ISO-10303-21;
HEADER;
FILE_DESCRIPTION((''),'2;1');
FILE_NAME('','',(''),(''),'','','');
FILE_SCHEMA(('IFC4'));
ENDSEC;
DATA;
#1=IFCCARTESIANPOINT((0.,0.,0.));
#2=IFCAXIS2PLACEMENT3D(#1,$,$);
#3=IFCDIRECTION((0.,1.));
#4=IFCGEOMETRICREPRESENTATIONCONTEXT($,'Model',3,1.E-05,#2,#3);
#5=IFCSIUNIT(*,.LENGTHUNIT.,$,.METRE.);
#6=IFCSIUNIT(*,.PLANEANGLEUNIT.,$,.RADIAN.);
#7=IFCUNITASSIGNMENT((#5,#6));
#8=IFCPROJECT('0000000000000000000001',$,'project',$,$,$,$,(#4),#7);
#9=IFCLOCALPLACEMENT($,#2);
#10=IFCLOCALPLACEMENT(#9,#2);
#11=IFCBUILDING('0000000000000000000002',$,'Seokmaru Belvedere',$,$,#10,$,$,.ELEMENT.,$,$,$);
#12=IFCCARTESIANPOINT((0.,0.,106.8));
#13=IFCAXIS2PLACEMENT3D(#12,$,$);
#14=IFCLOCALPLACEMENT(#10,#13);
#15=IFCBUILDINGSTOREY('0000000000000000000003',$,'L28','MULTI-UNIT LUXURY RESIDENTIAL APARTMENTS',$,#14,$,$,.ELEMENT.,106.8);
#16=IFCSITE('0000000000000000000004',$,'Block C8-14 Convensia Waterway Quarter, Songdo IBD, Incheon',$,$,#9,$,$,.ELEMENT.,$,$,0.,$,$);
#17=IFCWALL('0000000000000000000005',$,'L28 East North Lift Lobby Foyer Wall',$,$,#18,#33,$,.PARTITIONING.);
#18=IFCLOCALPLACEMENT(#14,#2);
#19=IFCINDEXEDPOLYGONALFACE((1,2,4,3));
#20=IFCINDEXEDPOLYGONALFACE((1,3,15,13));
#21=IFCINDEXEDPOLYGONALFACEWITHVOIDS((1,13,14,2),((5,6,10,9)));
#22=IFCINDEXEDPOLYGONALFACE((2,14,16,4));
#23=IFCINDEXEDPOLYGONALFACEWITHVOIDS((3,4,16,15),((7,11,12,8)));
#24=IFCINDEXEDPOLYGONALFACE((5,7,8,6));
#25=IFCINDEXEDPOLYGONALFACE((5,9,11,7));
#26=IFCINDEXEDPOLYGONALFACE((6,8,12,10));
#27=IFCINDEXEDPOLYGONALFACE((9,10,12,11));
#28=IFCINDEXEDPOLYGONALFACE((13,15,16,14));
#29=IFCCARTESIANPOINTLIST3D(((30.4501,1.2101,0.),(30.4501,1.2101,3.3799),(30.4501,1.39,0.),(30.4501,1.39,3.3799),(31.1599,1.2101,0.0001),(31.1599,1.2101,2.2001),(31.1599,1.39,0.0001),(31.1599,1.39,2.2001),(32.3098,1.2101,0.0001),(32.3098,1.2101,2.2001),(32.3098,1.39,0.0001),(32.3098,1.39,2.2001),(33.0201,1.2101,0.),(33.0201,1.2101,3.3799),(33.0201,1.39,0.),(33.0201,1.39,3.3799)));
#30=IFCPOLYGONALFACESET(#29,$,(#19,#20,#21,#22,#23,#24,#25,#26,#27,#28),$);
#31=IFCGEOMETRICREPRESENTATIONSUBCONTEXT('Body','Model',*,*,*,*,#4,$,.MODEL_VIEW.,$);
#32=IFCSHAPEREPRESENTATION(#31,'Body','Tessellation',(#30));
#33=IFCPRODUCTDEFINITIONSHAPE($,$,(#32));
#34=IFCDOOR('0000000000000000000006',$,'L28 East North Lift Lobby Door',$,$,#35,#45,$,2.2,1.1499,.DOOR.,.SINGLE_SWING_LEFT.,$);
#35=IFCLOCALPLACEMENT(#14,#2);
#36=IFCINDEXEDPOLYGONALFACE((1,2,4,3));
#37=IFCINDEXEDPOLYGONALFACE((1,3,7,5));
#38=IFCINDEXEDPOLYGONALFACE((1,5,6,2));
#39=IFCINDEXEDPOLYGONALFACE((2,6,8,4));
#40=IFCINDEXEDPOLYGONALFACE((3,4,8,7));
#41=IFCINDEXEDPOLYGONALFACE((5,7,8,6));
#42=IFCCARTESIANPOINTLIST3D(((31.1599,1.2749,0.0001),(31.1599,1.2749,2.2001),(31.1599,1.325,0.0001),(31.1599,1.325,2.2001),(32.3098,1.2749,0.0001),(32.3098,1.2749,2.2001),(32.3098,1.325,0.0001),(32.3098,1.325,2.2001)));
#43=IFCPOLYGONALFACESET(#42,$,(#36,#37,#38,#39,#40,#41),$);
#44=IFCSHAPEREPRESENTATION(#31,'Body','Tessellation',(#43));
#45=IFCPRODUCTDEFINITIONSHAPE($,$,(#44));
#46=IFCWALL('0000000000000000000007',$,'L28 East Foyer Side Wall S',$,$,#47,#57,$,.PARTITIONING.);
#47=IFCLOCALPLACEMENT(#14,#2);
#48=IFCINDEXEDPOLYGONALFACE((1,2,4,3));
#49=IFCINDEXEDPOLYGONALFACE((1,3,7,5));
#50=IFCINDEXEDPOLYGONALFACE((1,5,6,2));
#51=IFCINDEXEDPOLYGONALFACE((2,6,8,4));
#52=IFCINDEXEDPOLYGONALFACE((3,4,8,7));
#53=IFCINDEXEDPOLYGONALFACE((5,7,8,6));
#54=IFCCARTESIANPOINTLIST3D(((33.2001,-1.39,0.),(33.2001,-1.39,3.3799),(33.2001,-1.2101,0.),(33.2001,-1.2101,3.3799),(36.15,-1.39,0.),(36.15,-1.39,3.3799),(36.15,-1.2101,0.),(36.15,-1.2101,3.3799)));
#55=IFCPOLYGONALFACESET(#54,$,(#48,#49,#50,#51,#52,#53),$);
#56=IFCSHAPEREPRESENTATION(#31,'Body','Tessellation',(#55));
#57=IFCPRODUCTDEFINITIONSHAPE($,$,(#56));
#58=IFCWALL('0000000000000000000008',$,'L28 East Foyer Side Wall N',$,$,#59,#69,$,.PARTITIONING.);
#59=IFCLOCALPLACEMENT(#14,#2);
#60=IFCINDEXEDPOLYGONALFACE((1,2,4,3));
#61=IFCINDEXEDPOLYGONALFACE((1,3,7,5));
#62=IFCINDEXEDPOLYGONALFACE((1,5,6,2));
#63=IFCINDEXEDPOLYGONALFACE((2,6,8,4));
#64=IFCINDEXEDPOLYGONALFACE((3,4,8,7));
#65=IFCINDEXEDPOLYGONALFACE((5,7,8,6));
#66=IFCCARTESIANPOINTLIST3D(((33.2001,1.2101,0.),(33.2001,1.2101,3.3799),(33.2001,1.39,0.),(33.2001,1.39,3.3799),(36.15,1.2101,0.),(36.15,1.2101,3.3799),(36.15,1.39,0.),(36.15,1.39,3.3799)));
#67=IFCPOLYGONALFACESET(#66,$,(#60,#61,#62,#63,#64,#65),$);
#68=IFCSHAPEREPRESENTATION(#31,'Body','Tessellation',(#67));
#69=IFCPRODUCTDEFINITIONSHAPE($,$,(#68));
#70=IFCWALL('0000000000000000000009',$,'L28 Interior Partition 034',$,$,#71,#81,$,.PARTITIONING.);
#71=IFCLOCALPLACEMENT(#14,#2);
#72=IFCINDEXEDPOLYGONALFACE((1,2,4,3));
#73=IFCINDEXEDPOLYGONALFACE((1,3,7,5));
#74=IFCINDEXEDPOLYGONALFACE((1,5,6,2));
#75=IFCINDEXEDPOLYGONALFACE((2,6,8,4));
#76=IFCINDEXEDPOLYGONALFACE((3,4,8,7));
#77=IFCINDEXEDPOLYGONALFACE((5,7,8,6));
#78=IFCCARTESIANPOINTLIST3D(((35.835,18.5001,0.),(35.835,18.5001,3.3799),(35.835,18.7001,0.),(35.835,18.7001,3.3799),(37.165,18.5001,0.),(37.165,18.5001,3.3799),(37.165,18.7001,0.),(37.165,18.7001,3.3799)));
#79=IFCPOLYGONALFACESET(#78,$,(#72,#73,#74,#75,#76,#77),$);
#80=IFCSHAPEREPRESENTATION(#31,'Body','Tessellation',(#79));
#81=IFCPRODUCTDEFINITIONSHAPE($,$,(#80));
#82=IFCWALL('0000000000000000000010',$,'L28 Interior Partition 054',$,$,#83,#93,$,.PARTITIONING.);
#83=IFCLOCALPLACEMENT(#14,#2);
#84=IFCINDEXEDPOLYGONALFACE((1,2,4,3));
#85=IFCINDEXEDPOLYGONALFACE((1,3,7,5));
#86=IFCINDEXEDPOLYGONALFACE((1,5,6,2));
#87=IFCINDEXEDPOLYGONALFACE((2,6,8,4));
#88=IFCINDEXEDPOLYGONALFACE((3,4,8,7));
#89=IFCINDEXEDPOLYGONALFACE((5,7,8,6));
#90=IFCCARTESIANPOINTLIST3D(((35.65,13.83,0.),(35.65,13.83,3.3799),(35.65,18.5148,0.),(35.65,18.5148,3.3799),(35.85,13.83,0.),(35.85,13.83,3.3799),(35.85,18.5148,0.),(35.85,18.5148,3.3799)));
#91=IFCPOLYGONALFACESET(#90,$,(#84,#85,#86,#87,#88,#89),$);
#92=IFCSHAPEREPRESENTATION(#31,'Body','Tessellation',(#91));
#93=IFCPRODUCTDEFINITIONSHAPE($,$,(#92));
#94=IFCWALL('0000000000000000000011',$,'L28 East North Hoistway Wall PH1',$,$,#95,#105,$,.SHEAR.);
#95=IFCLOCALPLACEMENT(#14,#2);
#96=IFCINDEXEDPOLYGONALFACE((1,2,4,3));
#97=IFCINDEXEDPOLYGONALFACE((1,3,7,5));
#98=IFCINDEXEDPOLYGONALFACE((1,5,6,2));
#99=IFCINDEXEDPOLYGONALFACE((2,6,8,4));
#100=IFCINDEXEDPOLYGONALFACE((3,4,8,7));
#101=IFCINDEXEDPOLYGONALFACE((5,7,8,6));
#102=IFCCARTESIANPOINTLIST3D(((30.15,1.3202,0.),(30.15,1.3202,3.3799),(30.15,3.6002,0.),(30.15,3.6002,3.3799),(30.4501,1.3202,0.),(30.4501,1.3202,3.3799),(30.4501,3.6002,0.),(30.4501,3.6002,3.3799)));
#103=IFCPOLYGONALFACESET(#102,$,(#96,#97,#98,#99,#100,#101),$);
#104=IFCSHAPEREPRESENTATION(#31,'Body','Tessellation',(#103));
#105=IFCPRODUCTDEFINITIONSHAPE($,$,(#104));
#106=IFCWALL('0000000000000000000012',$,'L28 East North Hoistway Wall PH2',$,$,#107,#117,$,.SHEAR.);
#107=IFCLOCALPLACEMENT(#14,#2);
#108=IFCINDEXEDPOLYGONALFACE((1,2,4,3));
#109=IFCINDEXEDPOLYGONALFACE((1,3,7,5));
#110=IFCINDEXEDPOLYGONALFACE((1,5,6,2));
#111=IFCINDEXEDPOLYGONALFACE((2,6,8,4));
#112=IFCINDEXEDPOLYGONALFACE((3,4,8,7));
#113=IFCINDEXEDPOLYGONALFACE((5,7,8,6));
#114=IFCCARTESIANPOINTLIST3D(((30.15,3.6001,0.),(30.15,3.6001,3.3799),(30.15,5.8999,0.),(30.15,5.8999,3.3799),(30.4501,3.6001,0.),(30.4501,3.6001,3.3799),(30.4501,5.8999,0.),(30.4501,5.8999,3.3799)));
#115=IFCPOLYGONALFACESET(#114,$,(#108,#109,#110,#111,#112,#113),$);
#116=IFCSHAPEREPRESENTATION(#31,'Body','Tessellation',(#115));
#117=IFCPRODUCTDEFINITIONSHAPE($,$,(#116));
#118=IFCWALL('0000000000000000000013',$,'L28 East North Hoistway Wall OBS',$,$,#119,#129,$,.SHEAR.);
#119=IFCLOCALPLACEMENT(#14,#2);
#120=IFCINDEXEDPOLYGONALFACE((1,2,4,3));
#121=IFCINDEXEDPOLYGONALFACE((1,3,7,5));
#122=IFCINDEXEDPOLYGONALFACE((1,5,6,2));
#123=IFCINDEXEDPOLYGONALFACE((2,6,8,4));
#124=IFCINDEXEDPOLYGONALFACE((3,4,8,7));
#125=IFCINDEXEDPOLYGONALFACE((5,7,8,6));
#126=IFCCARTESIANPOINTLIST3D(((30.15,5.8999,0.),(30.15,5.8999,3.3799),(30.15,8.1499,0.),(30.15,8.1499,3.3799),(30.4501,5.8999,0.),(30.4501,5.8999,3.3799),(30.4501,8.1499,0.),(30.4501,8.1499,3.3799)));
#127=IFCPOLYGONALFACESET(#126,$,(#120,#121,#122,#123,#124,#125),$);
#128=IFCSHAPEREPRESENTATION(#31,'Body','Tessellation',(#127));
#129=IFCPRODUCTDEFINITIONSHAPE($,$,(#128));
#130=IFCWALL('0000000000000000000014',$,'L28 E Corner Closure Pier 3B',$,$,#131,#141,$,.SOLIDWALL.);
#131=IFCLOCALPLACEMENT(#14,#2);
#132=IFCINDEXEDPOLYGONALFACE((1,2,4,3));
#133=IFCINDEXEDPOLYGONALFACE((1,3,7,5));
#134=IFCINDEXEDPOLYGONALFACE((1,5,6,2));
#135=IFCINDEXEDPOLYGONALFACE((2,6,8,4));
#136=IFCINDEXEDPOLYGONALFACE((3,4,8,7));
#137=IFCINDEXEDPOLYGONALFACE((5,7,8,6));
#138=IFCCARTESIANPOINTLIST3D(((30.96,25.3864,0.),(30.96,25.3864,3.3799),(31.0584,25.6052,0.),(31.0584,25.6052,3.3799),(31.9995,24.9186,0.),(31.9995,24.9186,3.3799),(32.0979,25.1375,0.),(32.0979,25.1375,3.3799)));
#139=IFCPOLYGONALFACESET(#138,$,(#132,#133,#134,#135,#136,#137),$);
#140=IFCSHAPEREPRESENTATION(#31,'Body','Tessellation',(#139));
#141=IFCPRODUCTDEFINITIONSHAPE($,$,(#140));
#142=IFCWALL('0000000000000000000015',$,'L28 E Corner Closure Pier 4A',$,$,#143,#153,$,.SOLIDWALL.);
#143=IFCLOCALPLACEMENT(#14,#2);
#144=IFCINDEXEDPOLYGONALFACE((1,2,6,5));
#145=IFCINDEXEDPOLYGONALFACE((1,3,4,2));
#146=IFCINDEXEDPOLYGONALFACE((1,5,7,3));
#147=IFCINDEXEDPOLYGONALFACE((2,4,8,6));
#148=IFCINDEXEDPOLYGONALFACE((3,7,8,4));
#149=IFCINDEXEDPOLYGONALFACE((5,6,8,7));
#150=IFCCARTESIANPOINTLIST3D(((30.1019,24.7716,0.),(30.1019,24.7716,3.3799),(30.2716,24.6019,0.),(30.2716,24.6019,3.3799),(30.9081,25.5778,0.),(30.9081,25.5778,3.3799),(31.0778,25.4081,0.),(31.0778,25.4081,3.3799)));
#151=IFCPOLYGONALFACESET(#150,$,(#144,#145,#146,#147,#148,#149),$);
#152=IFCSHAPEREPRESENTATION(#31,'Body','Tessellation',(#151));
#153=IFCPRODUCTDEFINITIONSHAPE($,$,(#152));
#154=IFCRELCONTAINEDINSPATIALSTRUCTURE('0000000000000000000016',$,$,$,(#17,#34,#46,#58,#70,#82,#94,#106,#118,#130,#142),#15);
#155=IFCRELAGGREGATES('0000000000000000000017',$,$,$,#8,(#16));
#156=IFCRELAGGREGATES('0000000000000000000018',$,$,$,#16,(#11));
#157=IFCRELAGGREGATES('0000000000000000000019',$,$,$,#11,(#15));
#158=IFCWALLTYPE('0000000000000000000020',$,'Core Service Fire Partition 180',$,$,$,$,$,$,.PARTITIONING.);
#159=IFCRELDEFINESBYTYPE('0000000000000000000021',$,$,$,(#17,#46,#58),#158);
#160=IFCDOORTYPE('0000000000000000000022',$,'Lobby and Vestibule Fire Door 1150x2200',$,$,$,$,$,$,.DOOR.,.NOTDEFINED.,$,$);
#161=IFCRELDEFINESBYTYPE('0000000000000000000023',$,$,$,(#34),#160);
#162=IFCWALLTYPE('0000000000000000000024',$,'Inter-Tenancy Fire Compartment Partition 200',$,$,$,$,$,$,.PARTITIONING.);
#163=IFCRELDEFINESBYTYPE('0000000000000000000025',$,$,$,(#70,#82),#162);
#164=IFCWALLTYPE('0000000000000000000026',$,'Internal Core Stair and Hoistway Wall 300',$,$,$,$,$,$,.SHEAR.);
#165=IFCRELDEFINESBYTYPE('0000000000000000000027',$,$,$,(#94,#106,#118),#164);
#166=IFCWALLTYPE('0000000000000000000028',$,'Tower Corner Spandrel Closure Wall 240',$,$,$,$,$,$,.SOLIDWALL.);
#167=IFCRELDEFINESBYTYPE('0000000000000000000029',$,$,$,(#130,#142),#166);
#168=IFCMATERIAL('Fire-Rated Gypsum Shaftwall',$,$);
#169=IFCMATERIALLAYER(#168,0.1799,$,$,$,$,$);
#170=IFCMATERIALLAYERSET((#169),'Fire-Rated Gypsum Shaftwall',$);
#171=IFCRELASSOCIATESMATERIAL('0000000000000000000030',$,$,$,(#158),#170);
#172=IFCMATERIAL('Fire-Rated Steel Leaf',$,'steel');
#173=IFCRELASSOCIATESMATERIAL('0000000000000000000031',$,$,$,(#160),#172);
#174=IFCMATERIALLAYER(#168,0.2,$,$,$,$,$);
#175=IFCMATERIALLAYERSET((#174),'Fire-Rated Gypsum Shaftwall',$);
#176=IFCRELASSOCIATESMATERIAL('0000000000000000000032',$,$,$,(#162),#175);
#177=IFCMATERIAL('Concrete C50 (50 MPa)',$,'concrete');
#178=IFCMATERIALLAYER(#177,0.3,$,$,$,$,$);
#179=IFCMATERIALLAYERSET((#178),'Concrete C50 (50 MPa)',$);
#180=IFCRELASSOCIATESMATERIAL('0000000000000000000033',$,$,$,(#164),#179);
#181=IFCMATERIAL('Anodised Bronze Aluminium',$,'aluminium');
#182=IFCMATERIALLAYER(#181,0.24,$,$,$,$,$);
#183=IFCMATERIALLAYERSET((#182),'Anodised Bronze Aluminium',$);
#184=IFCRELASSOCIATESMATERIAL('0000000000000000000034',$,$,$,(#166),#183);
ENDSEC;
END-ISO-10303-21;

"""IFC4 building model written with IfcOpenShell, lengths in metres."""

from ifc_helpers import new_model, si_unit, direction, frame, frame_2d, origin, place, context, subcontext, project, spatial, rectangle, extrude, source, transform, mapped, material, layer, layer_set, type_object, type_shapes, element, fill, save


model = new_model("IFC4")

# Units and contexts
model_context = context("Model", 3, precision=1e-05, world=origin(), true_north=direction((0.0, 1.0)))
body_context = subcontext(model_context, "Body", "Model", "MODEL_VIEW")
ifc_project = project(units=[si_unit("LENGTHUNIT", "METRE"), si_unit("PLANEANGLEUNIT", "RADIAN")], contexts=[model_context])

# Site, building, storey
site_placement = place(None, origin())
site = spatial("IfcSite", under=ifc_project, at=site_placement, Name="Block C8-14 Convensia Waterway Quarter, Songdo IBD, Incheon", CompositionType="ELEMENT", RefElevation=0.0)
building_placement = place(site_placement, origin())
building = spatial("IfcBuilding", under=site, at=building_placement, Name="Seokmaru Belvedere", CompositionType="ELEMENT")
storey_placement = place(building_placement, frame((0.0, 0.0, 106.8)))
storey = spatial("IfcBuildingStorey", under=building, at=storey_placement, Name="L28", Description="MULTI-UNIT LUXURY RESIDENTIAL APARTMENTS", CompositionType="ELEMENT", Elevation=106.8)

# Shared definitions
ifc_material_1 = material(Name="Anodised Bronze Aluminium", Category="aluminium")

# Shared definitions
ifc_material_2 = material(Name="Fire-Rated Gypsum Shaftwall")
ifc_layer_1 = layer(ifc_material_2, 0.1799)
ifc_layer_set_1 = layer_set([ifc_layer_1], Name="Fire-Rated Gypsum Shaftwall")
wall_type_1 = type_object("IfcWallType", Name="Core Service Fire Partition 180", PredefinedType="PARTITIONING", material=ifc_layer_set_1)

# Wall, opening, door
wall_1_placement = place(storey_placement, frame((30.45, 1.3, 0.0), z_axis=(0.0, 0.0, 1.0), x_axis=(1.0, 0.0, 0.0)))
wall_1 = element("IfcWall", 1, at=wall_1_placement, inside=storey, type_object=wall_type_1, Name="L28 East North Lift Lobby Foyer Wall", PredefinedType="PARTITIONING", context=body_context, shape_type="SweptSolid", body=[
    extrude(rectangle(XDim=2.5701, YDim=0.1799, at=frame_2d((1.2852, 0.0))), origin(), (0.0, 0.0, 1.0), 3.3799),
])
opening_1_placement = place(wall_1_placement, frame((0.71, 0.0, 0.0)))
opening_1 = element("IfcOpeningElement", 2, at=opening_1_placement, cuts=wall_1, PredefinedType="OPENING", context=body_context, shape_type="SweptSolid", body=[
    extrude(rectangle(XDim=1.1499, YDim=2.2, at=frame_2d((0.575, 1.1001))), frame((0.0, 0.1001, 0.0), z_axis=(0.0, -1.0, 0.0), x_axis=(1.0, 0.0, 0.0)), (0.0, 0.0, 1.0), 0.2),
])
ifc_material_3 = material(Name="Fire-Rated Steel Leaf", Category="steel")
door_type_1 = type_object("IfcDoorType", Name="Lobby and Vestibule Fire Door 1150x2200", OperationType="NOTDEFINED", PredefinedType="DOOR", material=ifc_material_3)
shared_shape_1 = source(origin(), body_context, "Body", "SweptSolid", [
    extrude(rectangle(XDim=1.1499, YDim=2.2, at=frame_2d((0.575, 1.1001))), frame((0.0, 0.0249, 0.0), z_axis=(0.0, -1.0, 0.0), x_axis=(1.0, 0.0, 0.0)), (0.0, 0.0, 1.0), 0.05),
])
type_shapes(door_type_1, [shared_shape_1])
door_1_placement = place(opening_1_placement, origin())
door_1 = element("IfcDoor", 3, at=door_1_placement, inside=storey, type_object=door_type_1, Name="L28 East North Lift Lobby Door", OperationType="SINGLE_SWING_LEFT", OverallHeight=2.2, OverallWidth=1.1499, PredefinedType="DOOR", context=body_context, shape_type="MappedRepresentation", body=[
    mapped(shared_shape_1, transform((0.0, 0.0, 0.0), scale=1.0)),
])
fill(opening_1, door_1)

# Walls
for number, where, z_axis, x_axis, name in (
    (4, (33.2, -1.3, 0.0), (0.0, 0.0, 1.0), (1.0, 0.0, 0.0), "L28 East Foyer Side Wall S"),
    (5, (33.2, 1.3, 0.0), (0.0, 0.0, 1.0), (1.0, 0.0, 0.0), "L28 East Foyer Side Wall N"),
):
    element("IfcWall", number, at=place(storey_placement, frame(where, z_axis=z_axis, x_axis=x_axis)), inside=storey, type_object=wall_type_1, Name=name, PredefinedType="PARTITIONING", context=body_context, shape_type="SweptSolid", body=[
        extrude(rectangle(XDim=2.95, YDim=0.1799, at=frame_2d((1.4751, 0.0))), origin(), (0.0, 0.0, 1.0), 3.3799),
    ])
ifc_layer_2 = layer(ifc_material_2, 0.2)
ifc_layer_set_2 = layer_set([ifc_layer_2], Name="Fire-Rated Gypsum Shaftwall")
wall_type_2 = type_object("IfcWallType", Name="Inter-Tenancy Fire Compartment Partition 200", PredefinedType="PARTITIONING", material=ifc_layer_set_2)
wall_2_placement = place(storey_placement, frame((35.835, 18.6001, 0.0), z_axis=(0.0, 0.0, 1.0), x_axis=(1.0, 0.0, 0.0)))
element("IfcWall", 6, at=wall_2_placement, inside=storey, type_object=wall_type_2, Name="L28 Interior Partition 034", PredefinedType="PARTITIONING", context=body_context, shape_type="SweptSolid", body=[
    extrude(rectangle(XDim=1.3301, YDim=0.2, at=frame_2d((0.665, 0.0))), origin(), (0.0, 0.0, 1.0), 3.3799),
])
wall_3_placement = place(storey_placement, frame((35.75, 13.8301, 0.0), z_axis=(0.0, 0.0, 1.0), x_axis=(0.0, 1.0, 0.0)))
element("IfcWall", 7, at=wall_3_placement, inside=storey, type_object=wall_type_2, Name="L28 Interior Partition 054", PredefinedType="PARTITIONING", context=body_context, shape_type="SweptSolid", body=[
    extrude(rectangle(XDim=4.6848, YDim=0.2, at=frame_2d((2.3423, 0.0))), origin(), (0.0, 0.0, 1.0), 3.3799),
])
ifc_material_4 = material(Name="Concrete C50 (50 MPa)", Category="concrete")
ifc_layer_3 = layer(ifc_material_4, 0.3)
ifc_layer_set_3 = layer_set([ifc_layer_3], Name="Concrete C50 (50 MPa)")
wall_type_3 = type_object("IfcWallType", Name="Internal Core Stair and Hoistway Wall 300", PredefinedType="SHEAR", material=ifc_layer_set_3)
wall_4_placement = place(storey_placement, frame((30.3, 1.3201, 0.0), z_axis=(0.0, 0.0, 1.0), x_axis=(0.0, 1.0, 0.0)))
element("IfcWall", 8, at=wall_4_placement, inside=storey, type_object=wall_type_3, Name="L28 East North Hoistway Wall PH1", PredefinedType="SHEAR", context=body_context, shape_type="SweptSolid", body=[
    extrude(rectangle(XDim=2.28, YDim=0.3, at=frame_2d((1.1401, 0.0))), origin(), (0.0, 0.0, 1.0), 3.3799),
])
wall_5_placement = place(storey_placement, frame((30.3, 3.6001, 0.0), z_axis=(0.0, 0.0, 1.0), x_axis=(0.0, 1.0, 0.0)))
element("IfcWall", 9, at=wall_5_placement, inside=storey, type_object=wall_type_3, Name="L28 East North Hoistway Wall PH2", PredefinedType="SHEAR", context=body_context, shape_type="SweptSolid", body=[
    extrude(rectangle(XDim=2.2998, YDim=0.3, at=frame_2d((1.1499, 0.0))), origin(), (0.0, 0.0, 1.0), 3.3799),
])
wall_6_placement = place(storey_placement, frame((30.3, 5.8999, 0.0), z_axis=(0.0, 0.0, 1.0), x_axis=(0.0, 1.0, 0.0)))
element("IfcWall", 10, at=wall_6_placement, inside=storey, type_object=wall_type_3, Name="L28 East North Hoistway Wall OBS", PredefinedType="SHEAR", context=body_context, shape_type="SweptSolid", body=[
    extrude(rectangle(XDim=2.25, YDim=0.3, at=frame_2d((1.125, 0.0))), origin(), (0.0, 0.0, 1.0), 3.3799),
])

# Walls
ifc_layer_4 = layer(ifc_material_1, 0.24)
ifc_layer_set_4 = layer_set([ifc_layer_4], Name="Anodised Bronze Aluminium")
wall_type_4 = type_object("IfcWallType", Name="Tower Corner Spandrel Closure Wall 240", PredefinedType="SOLIDWALL", material=ifc_layer_set_4)
wall_7_placement = place(storey_placement, frame((32.0486, 25.0281, 0.0), z_axis=(0.0, 0.0, 1.0), x_axis=(-0.91193, 0.410347, 0.0)))
element("IfcWall", 11, at=wall_7_placement, inside=storey, type_object=wall_type_4, Name="L28 E Corner Closure Pier 3B", PredefinedType="SOLIDWALL", context=body_context, shape_type="SweptSolid", body=[
    extrude(rectangle(XDim=1.1399, YDim=0.24, at=frame_2d((0.5698, 0.0))), origin(), (0.0, 0.0, 1.0), 3.3799),
])
wall_8_placement = place(storey_placement, frame((30.9929, 25.4929, 0.0), z_axis=(0.0, 0.0, 1.0), x_axis=(-0.707107, -0.707107, 0.0)))
element("IfcWall", 12, at=wall_8_placement, inside=storey, type_object=wall_type_4, Name="L28 E Corner Closure Pier 4A", PredefinedType="SOLIDWALL", context=body_context, shape_type="SweptSolid", body=[
    extrude(rectangle(XDim=1.1401, YDim=0.24, at=frame_2d((0.5701, 0.0))), origin(), (0.0, 0.0, 1.0), 3.3799),
])

save(model, "model.ifc")
